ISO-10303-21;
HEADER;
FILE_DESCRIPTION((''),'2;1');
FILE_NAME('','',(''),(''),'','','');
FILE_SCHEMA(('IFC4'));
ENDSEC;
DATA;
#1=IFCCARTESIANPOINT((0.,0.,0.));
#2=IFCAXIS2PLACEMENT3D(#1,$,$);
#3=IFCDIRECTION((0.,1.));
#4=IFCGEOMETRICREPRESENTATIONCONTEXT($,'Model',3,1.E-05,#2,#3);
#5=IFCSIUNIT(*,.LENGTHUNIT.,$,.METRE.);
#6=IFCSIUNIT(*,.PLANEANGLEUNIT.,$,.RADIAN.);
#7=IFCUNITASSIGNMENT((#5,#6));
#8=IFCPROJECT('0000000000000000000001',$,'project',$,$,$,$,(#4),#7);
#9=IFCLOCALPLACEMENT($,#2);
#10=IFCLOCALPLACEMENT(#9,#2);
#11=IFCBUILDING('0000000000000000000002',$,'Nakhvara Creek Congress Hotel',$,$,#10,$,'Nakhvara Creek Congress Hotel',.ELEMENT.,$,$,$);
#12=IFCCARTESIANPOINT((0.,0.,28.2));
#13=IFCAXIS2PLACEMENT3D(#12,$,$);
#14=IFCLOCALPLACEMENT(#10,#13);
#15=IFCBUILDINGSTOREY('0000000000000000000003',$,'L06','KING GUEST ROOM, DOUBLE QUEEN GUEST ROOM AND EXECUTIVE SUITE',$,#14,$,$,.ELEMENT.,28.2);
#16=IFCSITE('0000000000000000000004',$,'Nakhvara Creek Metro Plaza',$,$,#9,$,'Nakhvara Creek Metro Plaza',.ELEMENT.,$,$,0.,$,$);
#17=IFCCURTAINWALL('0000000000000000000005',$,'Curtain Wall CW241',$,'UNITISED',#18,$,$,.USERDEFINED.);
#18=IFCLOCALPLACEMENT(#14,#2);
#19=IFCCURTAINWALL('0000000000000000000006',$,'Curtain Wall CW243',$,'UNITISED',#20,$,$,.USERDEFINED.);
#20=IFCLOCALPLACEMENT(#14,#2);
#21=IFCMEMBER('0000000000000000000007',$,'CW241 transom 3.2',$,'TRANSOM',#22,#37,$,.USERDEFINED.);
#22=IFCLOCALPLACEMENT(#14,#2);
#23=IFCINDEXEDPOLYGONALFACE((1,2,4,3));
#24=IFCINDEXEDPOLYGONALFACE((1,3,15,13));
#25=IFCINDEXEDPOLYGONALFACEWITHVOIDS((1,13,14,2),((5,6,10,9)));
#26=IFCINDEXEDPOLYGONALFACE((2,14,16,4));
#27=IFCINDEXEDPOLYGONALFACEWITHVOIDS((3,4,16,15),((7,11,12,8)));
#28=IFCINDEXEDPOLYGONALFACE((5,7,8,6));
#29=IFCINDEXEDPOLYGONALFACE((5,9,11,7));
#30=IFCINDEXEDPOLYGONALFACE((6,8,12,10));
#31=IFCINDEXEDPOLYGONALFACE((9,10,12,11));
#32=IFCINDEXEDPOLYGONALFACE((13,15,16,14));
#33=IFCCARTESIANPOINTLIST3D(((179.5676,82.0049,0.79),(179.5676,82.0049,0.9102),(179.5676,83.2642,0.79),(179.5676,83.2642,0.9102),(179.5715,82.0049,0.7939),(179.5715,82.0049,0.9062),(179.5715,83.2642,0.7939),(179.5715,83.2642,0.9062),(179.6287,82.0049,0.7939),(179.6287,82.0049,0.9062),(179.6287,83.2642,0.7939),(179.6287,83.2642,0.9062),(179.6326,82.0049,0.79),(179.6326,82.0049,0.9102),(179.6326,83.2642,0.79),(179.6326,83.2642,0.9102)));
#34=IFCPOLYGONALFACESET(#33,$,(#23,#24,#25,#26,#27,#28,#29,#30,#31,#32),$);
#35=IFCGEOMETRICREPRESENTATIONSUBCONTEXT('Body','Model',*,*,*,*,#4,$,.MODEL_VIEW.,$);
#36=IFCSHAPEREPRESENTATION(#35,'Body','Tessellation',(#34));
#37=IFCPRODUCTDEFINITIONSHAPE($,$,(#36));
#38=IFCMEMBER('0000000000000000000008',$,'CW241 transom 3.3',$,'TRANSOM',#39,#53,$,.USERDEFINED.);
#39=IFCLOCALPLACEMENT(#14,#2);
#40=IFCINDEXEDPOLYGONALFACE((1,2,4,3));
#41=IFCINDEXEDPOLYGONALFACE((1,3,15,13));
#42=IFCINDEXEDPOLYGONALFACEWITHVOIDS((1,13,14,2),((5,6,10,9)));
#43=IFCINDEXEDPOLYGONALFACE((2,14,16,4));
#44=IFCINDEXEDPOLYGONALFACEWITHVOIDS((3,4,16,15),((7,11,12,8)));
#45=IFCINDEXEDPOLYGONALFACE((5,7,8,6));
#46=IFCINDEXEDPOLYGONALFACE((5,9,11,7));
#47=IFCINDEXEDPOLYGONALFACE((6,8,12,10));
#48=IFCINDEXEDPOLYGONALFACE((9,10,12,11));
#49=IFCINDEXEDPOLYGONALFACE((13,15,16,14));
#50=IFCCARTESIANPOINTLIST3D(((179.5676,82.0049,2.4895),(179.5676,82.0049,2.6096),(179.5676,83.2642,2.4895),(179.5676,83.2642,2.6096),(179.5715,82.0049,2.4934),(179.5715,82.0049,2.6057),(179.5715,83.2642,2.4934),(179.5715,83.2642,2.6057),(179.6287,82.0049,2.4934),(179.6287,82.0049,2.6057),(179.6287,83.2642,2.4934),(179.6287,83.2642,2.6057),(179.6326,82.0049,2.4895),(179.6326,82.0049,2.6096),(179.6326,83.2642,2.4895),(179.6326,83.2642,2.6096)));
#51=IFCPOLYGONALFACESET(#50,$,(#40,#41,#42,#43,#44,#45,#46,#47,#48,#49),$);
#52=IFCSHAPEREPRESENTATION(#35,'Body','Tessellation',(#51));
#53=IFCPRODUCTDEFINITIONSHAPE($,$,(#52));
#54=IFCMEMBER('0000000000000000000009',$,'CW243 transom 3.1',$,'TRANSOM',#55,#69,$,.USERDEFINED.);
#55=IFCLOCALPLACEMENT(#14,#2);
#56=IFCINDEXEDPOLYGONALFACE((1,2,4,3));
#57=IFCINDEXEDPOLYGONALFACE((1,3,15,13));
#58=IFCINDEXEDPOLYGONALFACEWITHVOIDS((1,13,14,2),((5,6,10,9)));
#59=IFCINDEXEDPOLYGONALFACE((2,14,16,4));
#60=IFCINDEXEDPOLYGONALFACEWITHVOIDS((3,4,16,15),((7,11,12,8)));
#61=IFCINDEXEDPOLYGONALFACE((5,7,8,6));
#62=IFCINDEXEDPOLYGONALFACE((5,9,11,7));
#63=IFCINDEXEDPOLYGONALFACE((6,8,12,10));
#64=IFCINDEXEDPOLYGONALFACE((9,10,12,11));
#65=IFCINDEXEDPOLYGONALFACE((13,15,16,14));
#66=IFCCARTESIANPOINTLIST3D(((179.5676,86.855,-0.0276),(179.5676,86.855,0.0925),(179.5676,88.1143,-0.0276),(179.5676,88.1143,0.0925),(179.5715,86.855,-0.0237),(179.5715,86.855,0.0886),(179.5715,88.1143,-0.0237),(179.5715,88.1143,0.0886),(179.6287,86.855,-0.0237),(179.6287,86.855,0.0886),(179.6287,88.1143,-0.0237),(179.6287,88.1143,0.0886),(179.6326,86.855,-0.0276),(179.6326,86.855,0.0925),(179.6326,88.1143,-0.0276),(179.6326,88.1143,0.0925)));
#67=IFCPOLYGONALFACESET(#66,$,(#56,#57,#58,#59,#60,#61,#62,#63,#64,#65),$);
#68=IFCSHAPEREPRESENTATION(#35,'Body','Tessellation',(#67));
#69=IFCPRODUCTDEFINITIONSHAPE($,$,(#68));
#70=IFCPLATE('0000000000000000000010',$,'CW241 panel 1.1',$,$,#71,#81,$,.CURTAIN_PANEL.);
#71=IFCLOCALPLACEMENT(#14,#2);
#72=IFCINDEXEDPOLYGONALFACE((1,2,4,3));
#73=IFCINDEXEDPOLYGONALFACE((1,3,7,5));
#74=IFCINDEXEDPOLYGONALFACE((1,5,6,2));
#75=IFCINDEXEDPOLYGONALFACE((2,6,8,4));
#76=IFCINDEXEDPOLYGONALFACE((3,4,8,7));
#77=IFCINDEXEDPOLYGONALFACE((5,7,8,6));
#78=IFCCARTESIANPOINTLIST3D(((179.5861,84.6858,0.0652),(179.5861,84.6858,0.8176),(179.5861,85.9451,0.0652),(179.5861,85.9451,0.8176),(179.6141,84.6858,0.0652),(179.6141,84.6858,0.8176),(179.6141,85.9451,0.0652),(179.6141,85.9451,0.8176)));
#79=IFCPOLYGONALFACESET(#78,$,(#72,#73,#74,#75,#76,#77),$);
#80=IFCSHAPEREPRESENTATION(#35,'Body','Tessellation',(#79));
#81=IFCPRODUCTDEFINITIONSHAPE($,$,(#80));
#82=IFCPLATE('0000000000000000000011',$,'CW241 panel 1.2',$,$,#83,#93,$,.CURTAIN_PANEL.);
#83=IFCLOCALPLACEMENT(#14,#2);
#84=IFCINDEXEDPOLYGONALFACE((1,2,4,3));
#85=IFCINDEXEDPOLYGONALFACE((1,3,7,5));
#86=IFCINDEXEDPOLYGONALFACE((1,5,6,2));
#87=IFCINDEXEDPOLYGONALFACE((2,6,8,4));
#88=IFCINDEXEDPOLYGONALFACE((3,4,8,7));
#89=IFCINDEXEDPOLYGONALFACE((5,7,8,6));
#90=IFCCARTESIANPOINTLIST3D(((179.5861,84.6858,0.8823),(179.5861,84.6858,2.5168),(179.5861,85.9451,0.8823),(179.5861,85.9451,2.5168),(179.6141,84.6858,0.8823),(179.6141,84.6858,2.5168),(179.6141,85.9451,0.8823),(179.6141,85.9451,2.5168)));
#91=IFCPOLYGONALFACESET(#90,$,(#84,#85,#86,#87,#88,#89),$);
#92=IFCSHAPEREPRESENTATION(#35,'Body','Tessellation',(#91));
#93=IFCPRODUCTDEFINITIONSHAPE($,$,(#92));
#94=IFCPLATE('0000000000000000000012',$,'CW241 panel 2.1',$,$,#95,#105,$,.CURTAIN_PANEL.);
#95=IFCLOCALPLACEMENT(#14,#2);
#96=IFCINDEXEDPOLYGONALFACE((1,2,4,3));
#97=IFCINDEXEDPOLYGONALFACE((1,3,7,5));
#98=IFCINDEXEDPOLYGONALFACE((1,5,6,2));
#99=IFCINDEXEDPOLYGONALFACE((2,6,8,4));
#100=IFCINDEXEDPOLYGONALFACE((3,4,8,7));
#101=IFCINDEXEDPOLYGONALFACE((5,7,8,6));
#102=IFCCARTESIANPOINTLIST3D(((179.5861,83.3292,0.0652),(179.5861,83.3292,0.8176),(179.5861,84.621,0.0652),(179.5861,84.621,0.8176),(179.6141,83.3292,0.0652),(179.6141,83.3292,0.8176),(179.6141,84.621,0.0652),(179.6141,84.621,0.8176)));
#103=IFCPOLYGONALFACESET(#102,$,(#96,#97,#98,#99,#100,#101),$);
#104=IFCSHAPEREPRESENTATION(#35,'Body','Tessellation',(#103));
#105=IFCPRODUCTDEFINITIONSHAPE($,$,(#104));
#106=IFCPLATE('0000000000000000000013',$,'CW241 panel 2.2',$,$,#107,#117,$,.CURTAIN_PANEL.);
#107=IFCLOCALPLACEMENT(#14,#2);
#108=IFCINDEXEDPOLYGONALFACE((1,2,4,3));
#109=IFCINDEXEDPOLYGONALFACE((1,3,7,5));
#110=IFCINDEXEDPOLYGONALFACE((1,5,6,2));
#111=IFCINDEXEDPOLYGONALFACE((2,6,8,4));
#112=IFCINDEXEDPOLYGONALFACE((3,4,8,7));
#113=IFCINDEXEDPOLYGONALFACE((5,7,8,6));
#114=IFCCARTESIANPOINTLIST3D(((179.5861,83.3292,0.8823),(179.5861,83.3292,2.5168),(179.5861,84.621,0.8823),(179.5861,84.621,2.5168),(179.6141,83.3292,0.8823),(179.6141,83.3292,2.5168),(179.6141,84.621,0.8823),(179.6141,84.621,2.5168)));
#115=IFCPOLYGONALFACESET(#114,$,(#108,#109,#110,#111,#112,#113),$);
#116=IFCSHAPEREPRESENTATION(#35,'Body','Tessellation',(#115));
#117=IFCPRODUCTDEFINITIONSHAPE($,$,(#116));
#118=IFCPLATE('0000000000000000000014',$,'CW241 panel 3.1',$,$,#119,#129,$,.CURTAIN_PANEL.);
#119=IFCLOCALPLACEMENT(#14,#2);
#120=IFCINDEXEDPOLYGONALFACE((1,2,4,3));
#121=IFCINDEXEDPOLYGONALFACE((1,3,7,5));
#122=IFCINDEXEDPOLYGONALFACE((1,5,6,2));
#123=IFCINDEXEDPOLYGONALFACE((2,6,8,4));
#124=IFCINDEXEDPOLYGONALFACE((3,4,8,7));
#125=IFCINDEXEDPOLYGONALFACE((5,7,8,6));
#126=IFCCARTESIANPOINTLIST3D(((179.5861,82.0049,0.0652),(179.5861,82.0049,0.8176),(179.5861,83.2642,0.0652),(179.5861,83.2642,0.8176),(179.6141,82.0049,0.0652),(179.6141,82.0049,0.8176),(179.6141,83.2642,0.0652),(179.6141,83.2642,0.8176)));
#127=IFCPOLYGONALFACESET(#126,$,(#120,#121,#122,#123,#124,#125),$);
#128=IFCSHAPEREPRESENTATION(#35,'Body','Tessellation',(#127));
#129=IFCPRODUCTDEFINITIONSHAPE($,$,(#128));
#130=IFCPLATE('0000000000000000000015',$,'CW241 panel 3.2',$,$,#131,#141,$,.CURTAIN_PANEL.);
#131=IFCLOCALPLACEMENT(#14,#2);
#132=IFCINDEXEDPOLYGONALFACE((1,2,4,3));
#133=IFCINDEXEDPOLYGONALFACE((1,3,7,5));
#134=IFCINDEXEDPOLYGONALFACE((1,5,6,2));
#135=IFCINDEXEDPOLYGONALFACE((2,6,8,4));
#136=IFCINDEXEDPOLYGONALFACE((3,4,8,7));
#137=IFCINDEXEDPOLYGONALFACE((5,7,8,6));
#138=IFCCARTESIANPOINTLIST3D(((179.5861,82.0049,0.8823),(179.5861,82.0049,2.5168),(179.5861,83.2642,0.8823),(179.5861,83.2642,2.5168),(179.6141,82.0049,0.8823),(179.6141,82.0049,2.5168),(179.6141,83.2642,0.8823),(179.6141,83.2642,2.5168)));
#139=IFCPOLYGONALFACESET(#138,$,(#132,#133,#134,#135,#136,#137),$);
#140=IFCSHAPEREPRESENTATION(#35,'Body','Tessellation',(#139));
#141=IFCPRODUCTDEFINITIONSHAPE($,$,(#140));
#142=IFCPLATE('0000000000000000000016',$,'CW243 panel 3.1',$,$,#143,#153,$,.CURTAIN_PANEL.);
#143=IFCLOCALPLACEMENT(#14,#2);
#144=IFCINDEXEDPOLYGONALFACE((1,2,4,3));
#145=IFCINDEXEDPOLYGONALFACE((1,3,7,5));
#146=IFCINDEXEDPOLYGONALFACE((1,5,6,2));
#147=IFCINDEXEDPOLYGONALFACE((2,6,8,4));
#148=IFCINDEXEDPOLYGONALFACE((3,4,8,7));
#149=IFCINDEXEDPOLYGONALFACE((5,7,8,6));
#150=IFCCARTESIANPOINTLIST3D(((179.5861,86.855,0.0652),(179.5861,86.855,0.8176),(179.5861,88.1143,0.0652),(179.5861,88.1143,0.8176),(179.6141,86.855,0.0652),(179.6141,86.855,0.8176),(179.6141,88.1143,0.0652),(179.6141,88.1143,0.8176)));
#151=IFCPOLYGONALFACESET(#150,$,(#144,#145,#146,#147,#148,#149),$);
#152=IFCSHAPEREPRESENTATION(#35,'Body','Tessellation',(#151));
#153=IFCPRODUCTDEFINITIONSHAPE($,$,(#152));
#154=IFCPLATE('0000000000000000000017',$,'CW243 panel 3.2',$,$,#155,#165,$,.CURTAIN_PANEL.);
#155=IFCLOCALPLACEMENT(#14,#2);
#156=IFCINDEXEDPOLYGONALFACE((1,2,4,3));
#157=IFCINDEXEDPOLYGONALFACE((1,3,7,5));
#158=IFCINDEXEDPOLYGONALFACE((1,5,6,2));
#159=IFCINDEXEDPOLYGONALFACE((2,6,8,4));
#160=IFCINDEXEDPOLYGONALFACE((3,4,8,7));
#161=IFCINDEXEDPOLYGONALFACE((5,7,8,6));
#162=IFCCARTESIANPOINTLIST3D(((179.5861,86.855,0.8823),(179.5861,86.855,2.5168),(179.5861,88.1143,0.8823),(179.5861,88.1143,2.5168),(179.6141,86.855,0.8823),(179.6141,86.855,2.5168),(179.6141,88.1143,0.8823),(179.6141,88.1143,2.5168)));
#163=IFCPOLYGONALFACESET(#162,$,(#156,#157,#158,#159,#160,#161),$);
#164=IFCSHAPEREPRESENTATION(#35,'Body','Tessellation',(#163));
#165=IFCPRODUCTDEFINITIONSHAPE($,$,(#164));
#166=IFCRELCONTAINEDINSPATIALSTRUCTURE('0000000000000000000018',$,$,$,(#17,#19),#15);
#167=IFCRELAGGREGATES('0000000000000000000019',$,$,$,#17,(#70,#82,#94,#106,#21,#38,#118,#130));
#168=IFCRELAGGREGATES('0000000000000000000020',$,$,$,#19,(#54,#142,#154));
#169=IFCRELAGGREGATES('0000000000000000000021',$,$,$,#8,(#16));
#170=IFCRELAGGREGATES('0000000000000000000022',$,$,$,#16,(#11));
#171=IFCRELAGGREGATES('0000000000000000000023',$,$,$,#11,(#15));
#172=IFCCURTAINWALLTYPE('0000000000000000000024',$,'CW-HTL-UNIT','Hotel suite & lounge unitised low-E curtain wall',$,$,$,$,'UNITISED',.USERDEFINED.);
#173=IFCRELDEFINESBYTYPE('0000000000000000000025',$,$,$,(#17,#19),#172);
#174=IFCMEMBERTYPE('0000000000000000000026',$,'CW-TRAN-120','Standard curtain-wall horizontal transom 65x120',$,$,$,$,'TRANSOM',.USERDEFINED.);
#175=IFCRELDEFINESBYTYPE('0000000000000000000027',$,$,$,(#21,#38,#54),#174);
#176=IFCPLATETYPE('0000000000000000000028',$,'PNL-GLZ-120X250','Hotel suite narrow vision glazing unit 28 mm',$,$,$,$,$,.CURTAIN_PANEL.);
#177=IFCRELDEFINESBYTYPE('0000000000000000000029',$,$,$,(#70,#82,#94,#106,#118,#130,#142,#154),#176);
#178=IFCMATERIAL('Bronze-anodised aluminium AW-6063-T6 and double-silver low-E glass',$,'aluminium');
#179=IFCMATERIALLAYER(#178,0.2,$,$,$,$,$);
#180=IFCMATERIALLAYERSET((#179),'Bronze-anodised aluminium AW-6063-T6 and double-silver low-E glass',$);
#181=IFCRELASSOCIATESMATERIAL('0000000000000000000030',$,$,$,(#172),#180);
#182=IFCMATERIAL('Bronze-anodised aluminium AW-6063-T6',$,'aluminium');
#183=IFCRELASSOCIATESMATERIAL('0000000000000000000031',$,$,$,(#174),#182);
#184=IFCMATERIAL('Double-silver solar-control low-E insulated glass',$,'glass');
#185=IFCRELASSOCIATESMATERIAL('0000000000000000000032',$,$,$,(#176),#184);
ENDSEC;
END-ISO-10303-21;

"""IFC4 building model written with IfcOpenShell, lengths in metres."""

from ifc_helpers import new_model, si_unit, direction, frame, origin, origin_2d, place, context, subcontext, project, spatial, rectangle, hollow_rectangle, extrude, material, layer, layer_set, material_profile, profile_set, type_object, element, aggregate, save


model = new_model("IFC4")

# Units and contexts
model_context = context("Model", 3, precision=1e-05, world=origin(), true_north=direction((0.0, 1.0)))
body_context = subcontext(model_context, "Body", "Model", "MODEL_VIEW")
ifc_project = project(units=[si_unit("LENGTHUNIT", "METRE"), si_unit("PLANEANGLEUNIT", "RADIAN")], contexts=[model_context])

# Site, building, storey
site_placement = place(None, origin())
site = spatial("IfcSite", under=ifc_project, at=site_placement, Name="Nakhvara Creek Metro Plaza", LongName="Nakhvara Creek Metro Plaza", CompositionType="ELEMENT", RefElevation=0.0)
building_placement = place(site_placement, origin())
building = spatial("IfcBuilding", under=site, at=building_placement, Name="Nakhvara Creek Congress Hotel", LongName="Nakhvara Creek Congress Hotel", CompositionType="ELEMENT")
storey_placement = place(building_placement, frame((0.0, 0.0, 28.2)))
storey = spatial("IfcBuildingStorey", under=building, at=storey_placement, Name="L06", Description="KING GUEST ROOM, DOUBLE QUEEN GUEST ROOM AND EXECUTIVE SUITE", CompositionType="ELEMENT", Elevation=28.2)

# Curtain wall
ifc_material_1 = material(Name="Bronze-anodised aluminium AW-6063-T6 and double-silver low-E glass", Category="aluminium")
ifc_layer = layer(ifc_material_1, 0.2)
ifc_layer_set = layer_set([ifc_layer], Name="Bronze-anodised aluminium AW-6063-T6 and double-silver low-E glass")
curtain_wall_type = type_object("IfcCurtainWallType", Name="CW-HTL-UNIT", Description="Hotel suite & lounge unitised low-E curtain wall", ElementType="UNITISED", PredefinedType="USERDEFINED", material=ifc_layer_set)
curtain_wall_1_placement = place(storey_placement, origin())
curtain_wall_1 = element("IfcCurtainWall", 1, at=curtain_wall_1_placement, inside=storey, type_object=curtain_wall_type, Name="Curtain Wall CW241", ObjectType="UNITISED", PredefinedType="USERDEFINED")
ifc_material_2 = material(Name="Bronze-anodised aluminium AW-6063-T6", Category="aluminium")

# Curtain wall
curtain_wall_2_placement = place(storey_placement, origin())
curtain_wall_2 = element("IfcCurtainWall", 2, at=curtain_wall_2_placement, inside=storey, type_object=curtain_wall_type, Name="Curtain Wall CW243", ObjectType="UNITISED", PredefinedType="USERDEFINED")

# Members
ifc_material_profile_1 = material_profile(ifc_material_2, hollow_rectangle(XDim=0.0649, YDim=0.1201, WallThickness=0.0039, at=origin_2d()), Name="ALU-TRAN 65x120x4", Category="LoadBearing")
ifc_profile_set_1 = profile_set([ifc_material_profile_1], Name="Bronze-anodised aluminium AW-6063-T6")
member_type_1 = type_object("IfcMemberType", Name="CW-TRAN-120", Description="Standard curtain-wall horizontal transom 65x120", ElementType="TRANSOM", PredefinedType="USERDEFINED", material=ifc_profile_set_1)
member_1_placement = place(storey_placement, frame((179.6001, 83.2642, 0.8501), z_axis=(0.0, -1.0, 0.0), x_axis=(1.0, 0.0, 0.0)))
member_1 = element("IfcMember", 3, at=member_1_placement, type_object=member_type_1, Name="CW241 transom 3.2", ObjectType="TRANSOM", PredefinedType="USERDEFINED", context=body_context, shape_type="SweptSolid", body=[
    extrude(hollow_rectangle(XDim=0.0649, YDim=0.1201, WallThickness=0.0039, at=origin_2d()), origin(), (0.0, 0.0, 1.0), 1.2593),
])
member_2_placement = place(storey_placement, frame((179.6001, 83.2642, 2.5496), z_axis=(0.0, -1.0, 0.0), x_axis=(1.0, 0.0, 0.0)))
member_2 = element("IfcMember", 4, at=member_2_placement, type_object=member_type_1, Name="CW241 transom 3.3", ObjectType="TRANSOM", PredefinedType="USERDEFINED", context=body_context, shape_type="SweptSolid", body=[
    extrude(hollow_rectangle(XDim=0.0649, YDim=0.1201, WallThickness=0.0039, at=origin_2d()), origin(), (0.0, 0.0, 1.0), 1.2593),
])
member_3_placement = place(storey_placement, frame((179.6001, 88.1143, 0.0325), z_axis=(0.0, -1.0, 0.0), x_axis=(1.0, 0.0, 0.0)))
member_3 = element("IfcMember", 5, at=member_3_placement, type_object=member_type_1, Name="CW243 transom 3.1", ObjectType="TRANSOM", PredefinedType="USERDEFINED", context=body_context, shape_type="SweptSolid", body=[
    extrude(hollow_rectangle(XDim=0.0649, YDim=0.1201, WallThickness=0.0039, at=origin_2d()), origin(), (0.0, 0.0, 1.0), 1.2593),
])

# Plates
ifc_material_3 = material(Name="Double-silver solar-control low-E insulated glass", Category="glass")
plate_type = type_object("IfcPlateType", Name="PNL-GLZ-120X250", Description="Hotel suite narrow vision glazing unit 28 mm", PredefinedType="CURTAIN_PANEL", material=ifc_material_3)
plate_1_placement = place(storey_placement, frame((179.6001, 85.3154, 0.0652), z_axis=(0.0, 0.0, 1.0), x_axis=(0.0, -1.0, 0.0)))
plate_1 = element("IfcPlate", 6, at=plate_1_placement, type_object=plate_type, Name="CW241 panel 1.1", PredefinedType="CURTAIN_PANEL", context=body_context, shape_type="SweptSolid", body=[
    extrude(rectangle(XDim=1.2593, YDim=0.0281, at=origin_2d()), origin(), (0.0, 0.0, 1.0), 0.7524),
])
plate_2_placement = place(storey_placement, frame((179.6001, 85.3154, 0.8823), z_axis=(0.0, 0.0, 1.0), x_axis=(0.0, -1.0, 0.0)))
plate_2 = element("IfcPlate", 7, at=plate_2_placement, type_object=plate_type, Name="CW241 panel 1.2", PredefinedType="CURTAIN_PANEL", context=body_context, shape_type="SweptSolid", body=[
    extrude(rectangle(XDim=1.2593, YDim=0.0281, at=origin_2d()), origin(), (0.0, 0.0, 1.0), 1.6345),
])
plate_3_placement = place(storey_placement, frame((179.6001, 83.9751, 0.0652), z_axis=(0.0, 0.0, 1.0), x_axis=(0.0, -1.0, 0.0)))
plate_3 = element("IfcPlate", 8, at=plate_3_placement, type_object=plate_type, Name="CW241 panel 2.1", PredefinedType="CURTAIN_PANEL", context=body_context, shape_type="SweptSolid", body=[
    extrude(rectangle(XDim=1.2917, YDim=0.0281, at=origin_2d()), origin(), (0.0, 0.0, 1.0), 0.7524),
])
plate_4_placement = place(storey_placement, frame((179.6001, 83.9751, 0.8823), z_axis=(0.0, 0.0, 1.0), x_axis=(0.0, -1.0, 0.0)))
plate_4 = element("IfcPlate", 9, at=plate_4_placement, type_object=plate_type, Name="CW241 panel 2.2", PredefinedType="CURTAIN_PANEL", context=body_context, shape_type="SweptSolid", body=[
    extrude(rectangle(XDim=1.2917, YDim=0.0281, at=origin_2d()), origin(), (0.0, 0.0, 1.0), 1.6345),
])
plate_5_placement = place(storey_placement, frame((179.6001, 82.6345, 0.0652), z_axis=(0.0, 0.0, 1.0), x_axis=(0.0, -1.0, 0.0)))
plate_5 = element("IfcPlate", 10, at=plate_5_placement, type_object=plate_type, Name="CW241 panel 3.1", PredefinedType="CURTAIN_PANEL", context=body_context, shape_type="SweptSolid", body=[
    extrude(rectangle(XDim=1.2593, YDim=0.0281, at=origin_2d()), origin(), (0.0, 0.0, 1.0), 0.7524),
])
plate_6_placement = place(storey_placement, frame((179.6001, 82.6345, 0.8823), z_axis=(0.0, 0.0, 1.0), x_axis=(0.0, -1.0, 0.0)))
plate_6 = element("IfcPlate", 11, at=plate_6_placement, type_object=plate_type, Name="CW241 panel 3.2", PredefinedType="CURTAIN_PANEL", context=body_context, shape_type="SweptSolid", body=[
    extrude(rectangle(XDim=1.2593, YDim=0.0281, at=origin_2d()), origin(), (0.0, 0.0, 1.0), 1.6345),
])
aggregate(curtain_wall_1, [plate_1, plate_2, plate_3, plate_4, member_1, member_2, plate_5, plate_6])
plate_7_placement = place(storey_placement, frame((179.6001, 87.4846, 0.0652), z_axis=(0.0, 0.0, 1.0), x_axis=(0.0, -1.0, 0.0)))
plate_7 = element("IfcPlate", 12, at=plate_7_placement, type_object=plate_type, Name="CW243 panel 3.1", PredefinedType="CURTAIN_PANEL", context=body_context, shape_type="SweptSolid", body=[
    extrude(rectangle(XDim=1.2593, YDim=0.0281, at=origin_2d()), origin(), (0.0, 0.0, 1.0), 0.7524),
])
plate_8_placement = place(storey_placement, frame((179.6001, 87.4846, 0.8823), z_axis=(0.0, 0.0, 1.0), x_axis=(0.0, -1.0, 0.0)))
plate_8 = element("IfcPlate", 13, at=plate_8_placement, type_object=plate_type, Name="CW243 panel 3.2", PredefinedType="CURTAIN_PANEL", context=body_context, shape_type="SweptSolid", body=[
    extrude(rectangle(XDim=1.2593, YDim=0.0281, at=origin_2d()), origin(), (0.0, 0.0, 1.0), 1.6345),
])
aggregate(curtain_wall_2, [member_3, plate_7, plate_8])

save(model, "model.ifc")
